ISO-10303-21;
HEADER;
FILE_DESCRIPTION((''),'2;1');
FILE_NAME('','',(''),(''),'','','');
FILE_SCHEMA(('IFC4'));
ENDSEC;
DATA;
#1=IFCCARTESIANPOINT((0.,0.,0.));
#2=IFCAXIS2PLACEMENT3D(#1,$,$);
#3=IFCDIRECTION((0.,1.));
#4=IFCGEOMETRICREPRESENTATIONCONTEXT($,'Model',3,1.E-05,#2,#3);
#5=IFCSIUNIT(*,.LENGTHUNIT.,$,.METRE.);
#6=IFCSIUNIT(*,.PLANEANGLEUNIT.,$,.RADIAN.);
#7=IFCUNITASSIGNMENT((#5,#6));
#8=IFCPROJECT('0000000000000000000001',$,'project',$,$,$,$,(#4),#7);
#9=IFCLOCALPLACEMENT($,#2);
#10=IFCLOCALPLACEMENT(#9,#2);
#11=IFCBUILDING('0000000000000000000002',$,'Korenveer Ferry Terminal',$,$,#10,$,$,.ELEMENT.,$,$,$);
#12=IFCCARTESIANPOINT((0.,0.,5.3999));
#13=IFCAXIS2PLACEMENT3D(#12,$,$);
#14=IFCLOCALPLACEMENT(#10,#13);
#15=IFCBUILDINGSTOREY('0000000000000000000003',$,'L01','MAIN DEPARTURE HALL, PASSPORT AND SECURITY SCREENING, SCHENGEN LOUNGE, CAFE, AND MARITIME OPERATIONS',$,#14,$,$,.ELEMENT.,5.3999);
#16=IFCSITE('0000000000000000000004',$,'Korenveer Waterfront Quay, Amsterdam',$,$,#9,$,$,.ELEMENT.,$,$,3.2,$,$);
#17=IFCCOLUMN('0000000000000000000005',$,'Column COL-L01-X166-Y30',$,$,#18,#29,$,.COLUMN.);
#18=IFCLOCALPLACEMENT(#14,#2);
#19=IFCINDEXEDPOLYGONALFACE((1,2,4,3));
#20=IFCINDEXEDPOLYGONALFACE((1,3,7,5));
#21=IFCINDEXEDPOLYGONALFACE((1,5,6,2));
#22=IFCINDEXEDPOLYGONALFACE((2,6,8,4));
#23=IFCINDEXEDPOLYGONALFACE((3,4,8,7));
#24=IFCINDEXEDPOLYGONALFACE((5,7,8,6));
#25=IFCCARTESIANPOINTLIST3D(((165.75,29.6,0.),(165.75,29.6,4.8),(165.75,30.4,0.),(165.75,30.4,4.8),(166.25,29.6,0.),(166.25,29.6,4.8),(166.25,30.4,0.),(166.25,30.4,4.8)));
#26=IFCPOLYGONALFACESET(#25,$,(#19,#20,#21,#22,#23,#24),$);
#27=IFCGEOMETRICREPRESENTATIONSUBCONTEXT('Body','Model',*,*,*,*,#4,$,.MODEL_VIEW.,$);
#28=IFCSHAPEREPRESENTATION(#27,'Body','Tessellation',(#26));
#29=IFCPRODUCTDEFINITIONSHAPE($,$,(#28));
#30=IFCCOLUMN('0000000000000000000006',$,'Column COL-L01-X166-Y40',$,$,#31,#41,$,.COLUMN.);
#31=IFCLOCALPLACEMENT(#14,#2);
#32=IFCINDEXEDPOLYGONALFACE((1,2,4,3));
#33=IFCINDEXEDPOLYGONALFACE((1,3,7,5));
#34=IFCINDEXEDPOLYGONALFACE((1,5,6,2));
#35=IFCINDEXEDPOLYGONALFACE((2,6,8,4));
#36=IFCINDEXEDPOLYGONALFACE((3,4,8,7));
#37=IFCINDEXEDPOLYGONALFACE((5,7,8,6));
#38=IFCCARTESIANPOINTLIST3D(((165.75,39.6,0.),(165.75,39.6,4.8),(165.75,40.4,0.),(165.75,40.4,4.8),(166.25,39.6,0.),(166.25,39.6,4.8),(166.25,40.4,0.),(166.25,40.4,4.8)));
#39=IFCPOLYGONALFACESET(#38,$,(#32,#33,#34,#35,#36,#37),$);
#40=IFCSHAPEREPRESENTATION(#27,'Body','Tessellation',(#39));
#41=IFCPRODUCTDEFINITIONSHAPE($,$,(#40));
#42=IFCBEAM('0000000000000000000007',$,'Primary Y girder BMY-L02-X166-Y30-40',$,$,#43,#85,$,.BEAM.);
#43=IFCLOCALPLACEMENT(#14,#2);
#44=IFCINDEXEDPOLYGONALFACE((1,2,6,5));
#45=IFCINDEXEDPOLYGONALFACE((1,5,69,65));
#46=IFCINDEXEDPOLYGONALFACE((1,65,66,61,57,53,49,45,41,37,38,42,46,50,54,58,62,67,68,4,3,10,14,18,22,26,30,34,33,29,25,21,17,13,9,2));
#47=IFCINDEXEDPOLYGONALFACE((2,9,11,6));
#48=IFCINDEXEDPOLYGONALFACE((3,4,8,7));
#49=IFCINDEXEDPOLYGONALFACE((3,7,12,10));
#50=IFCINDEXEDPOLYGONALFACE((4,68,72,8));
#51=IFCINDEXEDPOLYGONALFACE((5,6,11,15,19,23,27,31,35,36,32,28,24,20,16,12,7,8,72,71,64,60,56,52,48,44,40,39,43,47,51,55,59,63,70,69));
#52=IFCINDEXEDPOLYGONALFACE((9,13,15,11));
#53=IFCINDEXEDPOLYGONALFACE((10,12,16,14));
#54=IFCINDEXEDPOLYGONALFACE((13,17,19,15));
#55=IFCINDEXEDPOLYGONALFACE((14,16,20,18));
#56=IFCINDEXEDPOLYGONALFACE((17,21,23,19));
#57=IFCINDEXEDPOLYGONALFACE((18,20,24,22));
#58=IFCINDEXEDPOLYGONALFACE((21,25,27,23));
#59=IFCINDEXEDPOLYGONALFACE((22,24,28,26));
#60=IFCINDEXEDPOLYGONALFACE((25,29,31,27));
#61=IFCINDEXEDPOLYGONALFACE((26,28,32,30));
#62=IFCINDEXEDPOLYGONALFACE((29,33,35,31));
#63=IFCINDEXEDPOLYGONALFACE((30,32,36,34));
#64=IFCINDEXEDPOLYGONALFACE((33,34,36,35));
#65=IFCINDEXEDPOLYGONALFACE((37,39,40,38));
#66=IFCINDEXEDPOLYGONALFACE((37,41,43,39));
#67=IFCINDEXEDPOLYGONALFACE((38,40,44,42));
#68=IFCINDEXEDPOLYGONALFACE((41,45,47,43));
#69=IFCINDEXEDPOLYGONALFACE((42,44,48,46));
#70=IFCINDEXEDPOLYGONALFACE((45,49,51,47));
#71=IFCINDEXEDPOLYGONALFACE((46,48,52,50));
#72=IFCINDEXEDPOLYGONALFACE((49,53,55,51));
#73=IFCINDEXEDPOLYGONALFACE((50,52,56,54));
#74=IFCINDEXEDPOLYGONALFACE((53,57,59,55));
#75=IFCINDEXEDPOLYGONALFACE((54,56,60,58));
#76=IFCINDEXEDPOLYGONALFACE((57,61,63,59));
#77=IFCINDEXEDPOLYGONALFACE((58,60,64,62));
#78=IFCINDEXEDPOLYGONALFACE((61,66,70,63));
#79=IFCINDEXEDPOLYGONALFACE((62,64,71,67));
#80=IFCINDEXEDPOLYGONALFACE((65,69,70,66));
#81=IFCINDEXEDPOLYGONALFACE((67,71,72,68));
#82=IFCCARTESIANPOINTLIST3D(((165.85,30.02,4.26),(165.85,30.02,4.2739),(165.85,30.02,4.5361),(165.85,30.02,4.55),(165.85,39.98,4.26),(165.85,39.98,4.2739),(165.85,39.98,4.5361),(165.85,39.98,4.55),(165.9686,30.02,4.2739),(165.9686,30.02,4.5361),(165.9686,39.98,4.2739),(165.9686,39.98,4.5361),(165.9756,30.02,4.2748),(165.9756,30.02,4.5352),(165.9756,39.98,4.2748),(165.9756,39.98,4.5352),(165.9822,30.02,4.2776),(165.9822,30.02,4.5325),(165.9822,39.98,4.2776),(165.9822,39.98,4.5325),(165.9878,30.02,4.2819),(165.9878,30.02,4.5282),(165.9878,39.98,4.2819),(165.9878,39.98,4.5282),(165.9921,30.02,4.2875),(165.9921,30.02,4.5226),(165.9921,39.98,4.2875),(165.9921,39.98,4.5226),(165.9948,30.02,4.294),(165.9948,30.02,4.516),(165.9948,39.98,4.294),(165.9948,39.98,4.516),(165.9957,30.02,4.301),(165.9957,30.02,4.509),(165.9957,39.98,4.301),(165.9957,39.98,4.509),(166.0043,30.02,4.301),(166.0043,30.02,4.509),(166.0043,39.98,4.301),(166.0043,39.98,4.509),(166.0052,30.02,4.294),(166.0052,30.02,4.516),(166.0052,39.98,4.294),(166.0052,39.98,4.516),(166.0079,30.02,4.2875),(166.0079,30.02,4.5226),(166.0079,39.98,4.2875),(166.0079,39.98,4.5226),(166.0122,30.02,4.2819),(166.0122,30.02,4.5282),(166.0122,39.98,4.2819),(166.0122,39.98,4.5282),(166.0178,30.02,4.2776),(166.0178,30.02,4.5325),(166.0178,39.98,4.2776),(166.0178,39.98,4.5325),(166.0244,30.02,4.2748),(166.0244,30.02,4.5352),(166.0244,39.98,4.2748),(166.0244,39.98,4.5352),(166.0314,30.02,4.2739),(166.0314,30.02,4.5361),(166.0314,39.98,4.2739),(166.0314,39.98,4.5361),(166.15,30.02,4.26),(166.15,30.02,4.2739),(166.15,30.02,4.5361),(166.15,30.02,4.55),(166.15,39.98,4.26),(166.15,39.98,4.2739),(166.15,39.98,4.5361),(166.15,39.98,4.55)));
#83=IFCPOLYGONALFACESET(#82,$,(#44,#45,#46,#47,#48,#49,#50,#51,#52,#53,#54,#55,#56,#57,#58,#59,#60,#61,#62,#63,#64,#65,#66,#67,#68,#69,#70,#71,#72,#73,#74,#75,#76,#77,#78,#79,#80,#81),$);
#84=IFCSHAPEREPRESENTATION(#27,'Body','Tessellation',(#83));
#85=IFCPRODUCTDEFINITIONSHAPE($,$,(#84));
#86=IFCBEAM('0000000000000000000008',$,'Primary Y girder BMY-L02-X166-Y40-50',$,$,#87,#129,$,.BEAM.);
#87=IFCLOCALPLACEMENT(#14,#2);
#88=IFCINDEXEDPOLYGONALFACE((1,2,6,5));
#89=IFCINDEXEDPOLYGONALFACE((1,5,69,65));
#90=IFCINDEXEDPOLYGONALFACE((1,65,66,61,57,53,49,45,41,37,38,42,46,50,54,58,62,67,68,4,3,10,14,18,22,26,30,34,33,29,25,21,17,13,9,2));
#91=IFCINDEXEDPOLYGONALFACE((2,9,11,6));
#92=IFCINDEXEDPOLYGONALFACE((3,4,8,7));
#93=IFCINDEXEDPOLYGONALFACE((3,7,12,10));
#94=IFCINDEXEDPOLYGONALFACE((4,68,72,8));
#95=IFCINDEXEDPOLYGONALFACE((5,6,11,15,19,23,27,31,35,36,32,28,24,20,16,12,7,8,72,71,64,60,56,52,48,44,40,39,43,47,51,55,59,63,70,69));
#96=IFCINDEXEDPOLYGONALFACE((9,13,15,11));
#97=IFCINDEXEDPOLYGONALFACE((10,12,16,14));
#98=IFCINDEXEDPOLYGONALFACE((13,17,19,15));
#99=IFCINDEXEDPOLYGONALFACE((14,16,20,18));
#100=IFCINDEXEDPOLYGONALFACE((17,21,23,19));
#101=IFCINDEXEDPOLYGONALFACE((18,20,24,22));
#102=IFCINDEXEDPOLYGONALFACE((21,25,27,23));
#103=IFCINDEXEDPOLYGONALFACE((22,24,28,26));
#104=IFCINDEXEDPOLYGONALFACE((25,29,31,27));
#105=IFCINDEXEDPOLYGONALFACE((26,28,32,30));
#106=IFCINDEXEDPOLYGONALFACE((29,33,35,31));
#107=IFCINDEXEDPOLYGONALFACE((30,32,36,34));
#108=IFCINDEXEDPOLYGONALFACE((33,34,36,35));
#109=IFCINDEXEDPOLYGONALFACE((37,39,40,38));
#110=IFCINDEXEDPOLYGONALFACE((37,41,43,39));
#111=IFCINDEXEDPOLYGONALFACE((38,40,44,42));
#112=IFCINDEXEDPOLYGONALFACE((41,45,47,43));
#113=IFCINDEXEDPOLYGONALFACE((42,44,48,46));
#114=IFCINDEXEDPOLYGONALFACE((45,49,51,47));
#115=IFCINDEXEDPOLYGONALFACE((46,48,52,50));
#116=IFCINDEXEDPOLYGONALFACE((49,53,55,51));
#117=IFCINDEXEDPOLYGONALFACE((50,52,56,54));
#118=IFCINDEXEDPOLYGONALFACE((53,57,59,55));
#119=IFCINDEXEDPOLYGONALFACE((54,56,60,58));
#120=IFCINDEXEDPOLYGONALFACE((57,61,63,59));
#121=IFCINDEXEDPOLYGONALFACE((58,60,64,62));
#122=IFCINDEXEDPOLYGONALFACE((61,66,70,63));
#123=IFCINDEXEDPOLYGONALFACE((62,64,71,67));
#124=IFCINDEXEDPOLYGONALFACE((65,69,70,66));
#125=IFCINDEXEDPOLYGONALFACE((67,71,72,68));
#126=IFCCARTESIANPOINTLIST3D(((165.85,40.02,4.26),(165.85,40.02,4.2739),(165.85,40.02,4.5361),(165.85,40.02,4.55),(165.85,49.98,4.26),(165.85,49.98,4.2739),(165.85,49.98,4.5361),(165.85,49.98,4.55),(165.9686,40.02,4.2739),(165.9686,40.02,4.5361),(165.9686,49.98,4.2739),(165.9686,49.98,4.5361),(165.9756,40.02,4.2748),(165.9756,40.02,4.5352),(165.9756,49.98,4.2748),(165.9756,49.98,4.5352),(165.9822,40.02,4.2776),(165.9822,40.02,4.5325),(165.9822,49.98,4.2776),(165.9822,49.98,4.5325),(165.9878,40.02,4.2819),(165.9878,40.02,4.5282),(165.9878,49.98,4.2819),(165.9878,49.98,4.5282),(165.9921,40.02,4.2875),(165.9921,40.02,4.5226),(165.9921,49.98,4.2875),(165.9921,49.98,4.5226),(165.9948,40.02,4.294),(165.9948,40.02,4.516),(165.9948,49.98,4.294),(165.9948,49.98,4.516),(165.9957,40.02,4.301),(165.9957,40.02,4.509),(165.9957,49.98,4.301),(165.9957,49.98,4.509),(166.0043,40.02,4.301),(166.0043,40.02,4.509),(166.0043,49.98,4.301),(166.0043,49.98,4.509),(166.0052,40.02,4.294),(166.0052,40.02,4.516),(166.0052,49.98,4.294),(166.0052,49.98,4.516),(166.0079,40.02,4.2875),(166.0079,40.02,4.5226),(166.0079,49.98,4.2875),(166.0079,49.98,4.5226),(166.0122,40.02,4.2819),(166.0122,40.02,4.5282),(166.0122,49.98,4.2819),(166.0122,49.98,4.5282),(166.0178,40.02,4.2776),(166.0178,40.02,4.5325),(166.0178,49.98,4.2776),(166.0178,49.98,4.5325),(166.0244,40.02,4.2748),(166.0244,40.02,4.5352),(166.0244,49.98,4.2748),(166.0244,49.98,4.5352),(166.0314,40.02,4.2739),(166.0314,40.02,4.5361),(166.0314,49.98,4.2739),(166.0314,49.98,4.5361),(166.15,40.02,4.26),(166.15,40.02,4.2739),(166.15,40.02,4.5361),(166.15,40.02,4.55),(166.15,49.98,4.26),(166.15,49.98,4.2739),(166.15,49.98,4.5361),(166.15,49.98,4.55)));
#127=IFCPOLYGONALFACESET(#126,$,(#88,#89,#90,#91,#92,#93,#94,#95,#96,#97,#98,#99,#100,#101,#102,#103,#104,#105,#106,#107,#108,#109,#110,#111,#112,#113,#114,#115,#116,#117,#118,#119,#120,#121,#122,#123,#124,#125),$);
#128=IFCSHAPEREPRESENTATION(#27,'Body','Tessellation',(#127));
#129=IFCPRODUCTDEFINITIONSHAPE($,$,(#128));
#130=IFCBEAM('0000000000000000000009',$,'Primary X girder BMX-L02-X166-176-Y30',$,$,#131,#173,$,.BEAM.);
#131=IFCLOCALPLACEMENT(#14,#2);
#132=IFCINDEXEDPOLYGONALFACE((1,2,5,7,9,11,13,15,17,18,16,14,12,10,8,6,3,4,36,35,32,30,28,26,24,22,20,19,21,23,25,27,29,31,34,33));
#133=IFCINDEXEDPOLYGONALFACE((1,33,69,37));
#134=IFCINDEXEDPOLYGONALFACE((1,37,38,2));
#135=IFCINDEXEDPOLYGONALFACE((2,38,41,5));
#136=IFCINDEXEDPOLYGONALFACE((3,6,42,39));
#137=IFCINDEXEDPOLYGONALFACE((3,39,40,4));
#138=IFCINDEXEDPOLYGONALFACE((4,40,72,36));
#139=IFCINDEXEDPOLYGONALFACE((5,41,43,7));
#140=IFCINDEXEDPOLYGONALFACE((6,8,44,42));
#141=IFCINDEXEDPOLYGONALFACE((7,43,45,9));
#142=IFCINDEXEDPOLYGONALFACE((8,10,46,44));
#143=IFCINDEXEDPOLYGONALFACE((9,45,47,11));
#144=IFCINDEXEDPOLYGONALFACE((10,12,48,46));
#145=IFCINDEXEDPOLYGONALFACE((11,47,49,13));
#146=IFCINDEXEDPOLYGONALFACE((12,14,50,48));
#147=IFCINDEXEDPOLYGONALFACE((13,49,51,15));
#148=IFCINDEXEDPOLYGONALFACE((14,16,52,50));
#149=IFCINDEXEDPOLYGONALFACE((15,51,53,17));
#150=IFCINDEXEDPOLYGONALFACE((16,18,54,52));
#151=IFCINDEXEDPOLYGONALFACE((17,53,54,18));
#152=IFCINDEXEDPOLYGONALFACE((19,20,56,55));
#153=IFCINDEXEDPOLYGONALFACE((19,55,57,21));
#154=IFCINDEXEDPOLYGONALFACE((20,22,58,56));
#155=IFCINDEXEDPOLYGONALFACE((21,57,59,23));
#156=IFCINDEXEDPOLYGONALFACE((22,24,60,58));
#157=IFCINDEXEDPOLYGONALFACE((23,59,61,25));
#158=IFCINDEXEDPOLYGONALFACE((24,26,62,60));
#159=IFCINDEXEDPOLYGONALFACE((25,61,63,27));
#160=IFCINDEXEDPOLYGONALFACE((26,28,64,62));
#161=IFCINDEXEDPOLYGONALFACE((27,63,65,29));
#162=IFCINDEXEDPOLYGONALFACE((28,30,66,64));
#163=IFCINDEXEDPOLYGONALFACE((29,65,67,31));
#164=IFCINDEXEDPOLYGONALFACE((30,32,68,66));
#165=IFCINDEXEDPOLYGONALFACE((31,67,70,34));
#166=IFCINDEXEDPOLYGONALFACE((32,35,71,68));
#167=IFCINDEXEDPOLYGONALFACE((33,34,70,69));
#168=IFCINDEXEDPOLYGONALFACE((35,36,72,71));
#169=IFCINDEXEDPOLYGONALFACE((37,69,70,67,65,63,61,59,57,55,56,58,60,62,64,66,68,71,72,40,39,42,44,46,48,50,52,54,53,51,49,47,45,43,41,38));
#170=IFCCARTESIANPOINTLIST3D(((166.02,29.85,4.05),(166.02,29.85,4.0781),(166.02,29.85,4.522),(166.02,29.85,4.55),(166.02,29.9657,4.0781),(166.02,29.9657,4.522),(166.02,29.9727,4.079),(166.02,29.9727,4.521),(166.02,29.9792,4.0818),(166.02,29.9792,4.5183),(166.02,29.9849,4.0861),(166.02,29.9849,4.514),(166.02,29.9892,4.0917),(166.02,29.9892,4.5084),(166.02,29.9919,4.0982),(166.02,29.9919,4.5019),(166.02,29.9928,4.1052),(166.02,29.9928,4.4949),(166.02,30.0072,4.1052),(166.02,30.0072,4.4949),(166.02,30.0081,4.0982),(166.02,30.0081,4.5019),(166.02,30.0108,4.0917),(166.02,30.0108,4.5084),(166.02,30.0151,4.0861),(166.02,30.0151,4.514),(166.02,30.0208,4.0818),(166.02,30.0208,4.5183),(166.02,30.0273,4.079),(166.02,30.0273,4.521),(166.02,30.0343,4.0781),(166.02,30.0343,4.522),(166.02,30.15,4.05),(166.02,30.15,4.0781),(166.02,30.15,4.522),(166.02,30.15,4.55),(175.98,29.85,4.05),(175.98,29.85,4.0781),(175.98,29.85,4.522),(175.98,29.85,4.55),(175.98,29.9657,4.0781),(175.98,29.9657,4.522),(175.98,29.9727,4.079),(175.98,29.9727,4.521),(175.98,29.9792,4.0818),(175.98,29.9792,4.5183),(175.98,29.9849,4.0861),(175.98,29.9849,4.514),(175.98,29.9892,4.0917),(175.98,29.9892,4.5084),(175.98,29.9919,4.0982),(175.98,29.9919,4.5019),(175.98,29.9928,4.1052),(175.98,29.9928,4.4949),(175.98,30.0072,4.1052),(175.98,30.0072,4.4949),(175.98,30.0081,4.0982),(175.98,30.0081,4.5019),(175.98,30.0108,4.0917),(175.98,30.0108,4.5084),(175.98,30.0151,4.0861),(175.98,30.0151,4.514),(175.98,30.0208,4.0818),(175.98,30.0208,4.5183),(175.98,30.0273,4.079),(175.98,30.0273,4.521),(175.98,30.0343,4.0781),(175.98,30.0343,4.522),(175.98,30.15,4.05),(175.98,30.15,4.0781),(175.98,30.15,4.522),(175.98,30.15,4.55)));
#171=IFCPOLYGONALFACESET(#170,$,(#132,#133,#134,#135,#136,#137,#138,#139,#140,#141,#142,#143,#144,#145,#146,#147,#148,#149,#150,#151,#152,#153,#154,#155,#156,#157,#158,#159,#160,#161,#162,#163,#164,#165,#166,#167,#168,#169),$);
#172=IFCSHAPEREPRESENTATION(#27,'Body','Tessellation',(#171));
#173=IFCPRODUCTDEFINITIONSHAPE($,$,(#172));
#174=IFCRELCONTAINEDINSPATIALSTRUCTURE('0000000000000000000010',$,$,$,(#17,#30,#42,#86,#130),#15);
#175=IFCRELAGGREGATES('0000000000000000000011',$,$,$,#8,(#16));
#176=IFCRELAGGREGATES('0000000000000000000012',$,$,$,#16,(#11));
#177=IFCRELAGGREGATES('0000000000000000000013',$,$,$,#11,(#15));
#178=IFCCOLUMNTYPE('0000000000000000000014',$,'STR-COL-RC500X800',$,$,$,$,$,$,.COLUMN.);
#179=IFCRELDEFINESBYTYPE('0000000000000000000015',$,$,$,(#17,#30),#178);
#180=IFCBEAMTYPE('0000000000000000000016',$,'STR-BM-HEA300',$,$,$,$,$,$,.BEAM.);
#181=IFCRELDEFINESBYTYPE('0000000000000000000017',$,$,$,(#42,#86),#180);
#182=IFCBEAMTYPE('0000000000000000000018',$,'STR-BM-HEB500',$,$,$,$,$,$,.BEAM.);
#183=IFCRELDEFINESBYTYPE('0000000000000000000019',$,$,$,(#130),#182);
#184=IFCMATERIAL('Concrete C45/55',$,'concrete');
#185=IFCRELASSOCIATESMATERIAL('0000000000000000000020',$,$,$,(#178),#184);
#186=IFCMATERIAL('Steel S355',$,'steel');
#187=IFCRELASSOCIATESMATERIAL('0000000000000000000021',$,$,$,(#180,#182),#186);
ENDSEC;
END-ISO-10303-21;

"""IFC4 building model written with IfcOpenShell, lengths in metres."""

from ifc_helpers import new_model, si_unit, direction, frame, origin, origin_2d, place, context, subcontext, project, spatial, rectangle, i_section, extrude, material, material_profile, profile_set, type_object, element, save


model = new_model("IFC4")

# Units and contexts
model_context = context("Model", 3, precision=1e-05, world=origin(), true_north=direction((0.0, 1.0)))
body_context = subcontext(model_context, "Body", "Model", "MODEL_VIEW")
ifc_project = project(units=[si_unit("LENGTHUNIT", "METRE"), si_unit("PLANEANGLEUNIT", "RADIAN")], contexts=[model_context])

# Site, building, storey
site_placement = place(None, origin())
site = spatial("IfcSite", under=ifc_project, at=site_placement, Name="Korenveer Waterfront Quay, Amsterdam", CompositionType="ELEMENT", RefElevation=3.2)
building_placement = place(site_placement, origin())
building = spatial("IfcBuilding", under=site, at=building_placement, Name="Korenveer Ferry Terminal", CompositionType="ELEMENT")
storey_placement = place(building_placement, frame((0.0, 0.0, 5.3999)))
storey = spatial("IfcBuildingStorey", under=building, at=storey_placement, Name="L01", Description="MAIN DEPARTURE HALL, PASSPORT AND SECURITY SCREENING, SCHENGEN LOUNGE, CAFE, AND MARITIME OPERATIONS", CompositionType="ELEMENT", Elevation=5.3999)

# Columns
ifc_material_1 = material(Name="Concrete C45/55", Category="concrete")
ifc_material_profile_1 = material_profile(ifc_material_1, rectangle(XDim=0.5, YDim=0.8, at=origin_2d()), Name="RC 500x800")
ifc_profile_set_1 = profile_set([ifc_material_profile_1], Name="Concrete C45/55")
column_type = type_object("IfcColumnType", Name="STR-COL-RC500X800", PredefinedType="COLUMN", material=ifc_profile_set_1)
for number, where, z_axis, x_axis, name in (
    (1, (166.0, 30.0, 0.0), (0.0, 0.0, 1.0), (1.0, 0.0, 0.0), "Column COL-L01-X166-Y30"),
    (2, (166.0, 40.0, 0.0), (0.0, 0.0, 1.0), (1.0, 0.0, 0.0), "Column COL-L01-X166-Y40"),
):
    element("IfcColumn", number, at=place(storey_placement, frame(where, z_axis=z_axis, x_axis=x_axis)), inside=storey, type_object=column_type, Name=name, PredefinedType="COLUMN", context=body_context, shape_type="SweptSolid", body=[
        extrude(rectangle(XDim=0.5, YDim=0.8, at=origin_2d()), origin(), (0.0, 0.0, 1.0), 4.8),
    ])

# Beams
ifc_material_2 = material(Name="Steel S355", Category="steel")
ifc_material_profile_2 = material_profile(ifc_material_2, i_section(OverallWidth=0.3, OverallDepth=0.29, WebThickness=0.0085, FlangeThickness=0.0139, FilletRadius=0.0271, at=origin_2d()), Name="HEA 300")
ifc_profile_set_2 = profile_set([ifc_material_profile_2], Name="Steel S355")
beam_type_1 = type_object("IfcBeamType", Name="STR-BM-HEA300", PredefinedType="BEAM", material=ifc_profile_set_2)
for number, where, z_axis, x_axis, name in (
    (3, (166.0, 30.02, 4.405), (0.0, 1.0, 0.0), (-1.0, 0.0, 0.0), "Primary Y girder BMY-L02-X166-Y30-40"),
    (4, (166.0, 40.02, 4.405), (0.0, 1.0, 0.0), (-1.0, 0.0, 0.0), "Primary Y girder BMY-L02-X166-Y40-50"),
):
    element("IfcBeam", number, at=place(storey_placement, frame(where, z_axis=z_axis, x_axis=x_axis)), inside=storey, type_object=beam_type_1, Name=name, PredefinedType="BEAM", context=body_context, shape_type="SweptSolid", body=[
        extrude(i_section(OverallWidth=0.3, OverallDepth=0.29, WebThickness=0.0085, FlangeThickness=0.0139, FilletRadius=0.0271, at=origin_2d()), origin(), (0.0, 0.0, 1.0), 9.96),
    ])
ifc_material_profile_3 = material_profile(ifc_material_2, i_section(OverallWidth=0.3, OverallDepth=0.5, WebThickness=0.0144, FlangeThickness=0.0281, FilletRadius=0.0271, at=origin_2d()), Name="HEB 500")
ifc_profile_set_3 = profile_set([ifc_material_profile_3], Name="Steel S355")
beam_type_2 = type_object("IfcBeamType", Name="STR-BM-HEB500", PredefinedType="BEAM", material=ifc_profile_set_3)
for number, where, z_axis, x_axis, name in (
    (5, (166.02, 30.0, 4.3), (1.0, 0.0, 0.0), (0.0, 1.0, 0.0), "Primary X girder BMX-L02-X166-176-Y30"),
):
    element("IfcBeam", number, at=place(storey_placement, frame(where, z_axis=z_axis, x_axis=x_axis)), inside=storey, type_object=beam_type_2, Name=name, PredefinedType="BEAM", context=body_context, shape_type="SweptSolid", body=[
        extrude(i_section(OverallWidth=0.3, OverallDepth=0.5, WebThickness=0.0144, FlangeThickness=0.0281, FilletRadius=0.0271, at=origin_2d()), origin(), (0.0, 0.0, 1.0), 9.96),
    ])

save(model, "model.ifc")
